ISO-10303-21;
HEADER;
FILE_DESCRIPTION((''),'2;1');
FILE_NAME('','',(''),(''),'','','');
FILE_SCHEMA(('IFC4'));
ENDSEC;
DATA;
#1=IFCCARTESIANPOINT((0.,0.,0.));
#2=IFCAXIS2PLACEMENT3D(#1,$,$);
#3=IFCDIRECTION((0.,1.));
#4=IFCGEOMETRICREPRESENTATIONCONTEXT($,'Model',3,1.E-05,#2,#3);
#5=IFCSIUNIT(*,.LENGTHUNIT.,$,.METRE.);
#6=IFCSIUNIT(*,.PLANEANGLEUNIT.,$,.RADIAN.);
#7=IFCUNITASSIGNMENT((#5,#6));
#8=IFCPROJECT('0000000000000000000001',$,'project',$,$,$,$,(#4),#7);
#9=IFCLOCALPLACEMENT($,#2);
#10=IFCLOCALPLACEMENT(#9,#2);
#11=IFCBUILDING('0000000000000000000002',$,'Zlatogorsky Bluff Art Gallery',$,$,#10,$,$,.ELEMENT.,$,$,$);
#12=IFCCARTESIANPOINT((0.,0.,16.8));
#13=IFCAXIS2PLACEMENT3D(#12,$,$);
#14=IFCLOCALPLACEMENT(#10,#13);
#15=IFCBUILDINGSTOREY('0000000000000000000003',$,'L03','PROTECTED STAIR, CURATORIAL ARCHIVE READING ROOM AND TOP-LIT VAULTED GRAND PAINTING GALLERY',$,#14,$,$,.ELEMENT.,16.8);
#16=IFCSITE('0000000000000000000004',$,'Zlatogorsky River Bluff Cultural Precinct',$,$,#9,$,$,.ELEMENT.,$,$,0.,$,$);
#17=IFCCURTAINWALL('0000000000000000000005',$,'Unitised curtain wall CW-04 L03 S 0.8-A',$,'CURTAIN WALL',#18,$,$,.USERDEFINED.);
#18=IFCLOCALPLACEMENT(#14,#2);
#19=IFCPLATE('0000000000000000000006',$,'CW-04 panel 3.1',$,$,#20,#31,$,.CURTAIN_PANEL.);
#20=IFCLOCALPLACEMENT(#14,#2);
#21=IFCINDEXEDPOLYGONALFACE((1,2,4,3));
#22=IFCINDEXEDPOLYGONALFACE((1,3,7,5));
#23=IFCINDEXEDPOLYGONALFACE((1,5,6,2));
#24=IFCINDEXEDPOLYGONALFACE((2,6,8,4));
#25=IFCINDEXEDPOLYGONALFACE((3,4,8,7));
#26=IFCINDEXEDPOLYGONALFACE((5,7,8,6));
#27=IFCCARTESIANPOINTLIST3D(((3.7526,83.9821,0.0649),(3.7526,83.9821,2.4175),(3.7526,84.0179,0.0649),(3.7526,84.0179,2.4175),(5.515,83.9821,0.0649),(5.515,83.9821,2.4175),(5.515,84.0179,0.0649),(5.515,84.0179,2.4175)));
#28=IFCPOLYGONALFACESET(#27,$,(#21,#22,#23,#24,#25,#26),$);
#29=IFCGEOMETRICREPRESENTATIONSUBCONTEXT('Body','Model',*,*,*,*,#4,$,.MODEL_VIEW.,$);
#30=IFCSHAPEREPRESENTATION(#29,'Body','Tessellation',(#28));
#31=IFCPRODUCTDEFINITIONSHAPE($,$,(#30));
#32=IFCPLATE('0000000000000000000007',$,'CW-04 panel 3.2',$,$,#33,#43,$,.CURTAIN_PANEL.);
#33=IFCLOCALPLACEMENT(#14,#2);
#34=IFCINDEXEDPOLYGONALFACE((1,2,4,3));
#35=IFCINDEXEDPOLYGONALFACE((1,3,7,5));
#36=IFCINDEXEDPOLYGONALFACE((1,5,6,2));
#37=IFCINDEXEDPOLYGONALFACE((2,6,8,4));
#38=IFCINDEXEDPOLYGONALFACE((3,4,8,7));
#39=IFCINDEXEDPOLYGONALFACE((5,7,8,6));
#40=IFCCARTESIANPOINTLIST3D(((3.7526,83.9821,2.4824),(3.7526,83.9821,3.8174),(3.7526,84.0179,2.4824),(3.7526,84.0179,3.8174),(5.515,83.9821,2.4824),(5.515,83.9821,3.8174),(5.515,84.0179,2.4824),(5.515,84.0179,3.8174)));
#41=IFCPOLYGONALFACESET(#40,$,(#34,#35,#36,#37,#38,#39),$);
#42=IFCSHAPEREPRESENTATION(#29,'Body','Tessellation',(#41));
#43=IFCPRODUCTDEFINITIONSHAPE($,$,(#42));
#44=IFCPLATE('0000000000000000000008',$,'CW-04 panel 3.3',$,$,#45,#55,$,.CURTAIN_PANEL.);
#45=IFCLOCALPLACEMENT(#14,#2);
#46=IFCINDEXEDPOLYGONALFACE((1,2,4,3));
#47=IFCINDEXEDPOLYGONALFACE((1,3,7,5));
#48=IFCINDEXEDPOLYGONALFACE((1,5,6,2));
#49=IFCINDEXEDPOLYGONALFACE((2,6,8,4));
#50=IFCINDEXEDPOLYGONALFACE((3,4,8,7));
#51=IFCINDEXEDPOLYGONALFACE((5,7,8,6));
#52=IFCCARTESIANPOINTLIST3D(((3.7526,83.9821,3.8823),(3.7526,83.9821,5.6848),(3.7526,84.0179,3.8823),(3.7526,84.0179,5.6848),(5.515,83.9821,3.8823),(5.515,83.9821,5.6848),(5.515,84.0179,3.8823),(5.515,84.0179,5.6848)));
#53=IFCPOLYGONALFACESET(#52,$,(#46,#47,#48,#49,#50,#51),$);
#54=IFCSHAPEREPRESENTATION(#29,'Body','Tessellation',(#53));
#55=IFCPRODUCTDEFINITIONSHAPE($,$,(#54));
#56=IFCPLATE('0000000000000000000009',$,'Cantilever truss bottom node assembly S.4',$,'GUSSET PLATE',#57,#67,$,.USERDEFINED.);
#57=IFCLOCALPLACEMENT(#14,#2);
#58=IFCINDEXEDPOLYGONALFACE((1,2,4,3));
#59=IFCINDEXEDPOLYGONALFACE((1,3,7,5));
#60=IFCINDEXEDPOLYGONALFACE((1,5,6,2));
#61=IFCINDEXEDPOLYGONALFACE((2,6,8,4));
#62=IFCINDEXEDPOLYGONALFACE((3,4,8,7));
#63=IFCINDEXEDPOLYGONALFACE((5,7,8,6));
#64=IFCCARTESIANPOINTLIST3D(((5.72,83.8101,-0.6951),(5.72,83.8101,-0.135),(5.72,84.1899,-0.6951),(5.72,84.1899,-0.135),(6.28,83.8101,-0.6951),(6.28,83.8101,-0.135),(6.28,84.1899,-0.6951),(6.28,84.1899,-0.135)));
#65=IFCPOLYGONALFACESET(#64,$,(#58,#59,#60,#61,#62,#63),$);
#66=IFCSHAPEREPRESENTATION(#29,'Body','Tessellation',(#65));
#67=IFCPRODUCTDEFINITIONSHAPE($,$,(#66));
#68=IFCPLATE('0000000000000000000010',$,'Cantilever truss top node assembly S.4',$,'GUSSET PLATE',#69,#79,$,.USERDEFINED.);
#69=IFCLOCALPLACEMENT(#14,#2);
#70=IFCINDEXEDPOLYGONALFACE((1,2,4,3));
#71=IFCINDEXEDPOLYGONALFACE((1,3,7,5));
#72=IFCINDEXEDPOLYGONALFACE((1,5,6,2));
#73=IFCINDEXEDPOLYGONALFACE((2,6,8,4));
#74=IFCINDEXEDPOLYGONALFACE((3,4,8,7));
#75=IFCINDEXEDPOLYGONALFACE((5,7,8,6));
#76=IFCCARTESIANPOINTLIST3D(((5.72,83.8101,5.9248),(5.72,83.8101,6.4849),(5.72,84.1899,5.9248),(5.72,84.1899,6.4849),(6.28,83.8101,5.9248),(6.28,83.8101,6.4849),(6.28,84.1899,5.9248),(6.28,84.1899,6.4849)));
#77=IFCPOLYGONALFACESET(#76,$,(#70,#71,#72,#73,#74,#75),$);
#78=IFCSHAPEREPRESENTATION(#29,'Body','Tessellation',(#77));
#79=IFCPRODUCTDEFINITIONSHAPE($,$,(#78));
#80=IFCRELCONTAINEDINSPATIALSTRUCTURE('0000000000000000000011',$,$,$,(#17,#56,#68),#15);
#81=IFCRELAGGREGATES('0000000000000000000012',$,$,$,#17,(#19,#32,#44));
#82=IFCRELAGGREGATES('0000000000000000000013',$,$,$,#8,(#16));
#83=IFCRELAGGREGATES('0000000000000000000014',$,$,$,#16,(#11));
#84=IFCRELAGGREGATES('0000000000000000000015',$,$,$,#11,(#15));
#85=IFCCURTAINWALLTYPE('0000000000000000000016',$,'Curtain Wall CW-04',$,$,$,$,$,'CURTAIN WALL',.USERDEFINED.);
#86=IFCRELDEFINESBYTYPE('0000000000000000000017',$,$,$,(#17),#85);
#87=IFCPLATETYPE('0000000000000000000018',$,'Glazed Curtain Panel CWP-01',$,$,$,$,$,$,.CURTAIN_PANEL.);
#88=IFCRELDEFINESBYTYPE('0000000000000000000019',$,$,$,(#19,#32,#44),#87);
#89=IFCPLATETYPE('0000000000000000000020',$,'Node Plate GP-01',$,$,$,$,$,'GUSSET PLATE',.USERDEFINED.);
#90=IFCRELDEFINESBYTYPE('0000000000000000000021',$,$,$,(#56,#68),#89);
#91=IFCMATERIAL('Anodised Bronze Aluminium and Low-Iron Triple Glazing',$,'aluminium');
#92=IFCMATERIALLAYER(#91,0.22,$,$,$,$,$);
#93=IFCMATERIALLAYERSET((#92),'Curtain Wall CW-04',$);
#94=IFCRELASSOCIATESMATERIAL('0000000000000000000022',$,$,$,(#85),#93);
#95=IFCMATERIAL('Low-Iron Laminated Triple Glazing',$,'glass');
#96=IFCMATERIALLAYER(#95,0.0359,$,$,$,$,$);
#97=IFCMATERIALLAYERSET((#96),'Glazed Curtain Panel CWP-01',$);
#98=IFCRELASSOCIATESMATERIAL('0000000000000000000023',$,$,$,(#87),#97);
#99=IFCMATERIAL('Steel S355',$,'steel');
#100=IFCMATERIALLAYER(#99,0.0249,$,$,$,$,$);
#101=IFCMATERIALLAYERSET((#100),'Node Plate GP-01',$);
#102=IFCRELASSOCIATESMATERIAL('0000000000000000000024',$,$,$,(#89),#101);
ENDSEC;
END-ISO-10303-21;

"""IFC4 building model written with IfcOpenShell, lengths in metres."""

from ifc_helpers import new_model, si_unit, direction, frame, origin, origin_2d, place, context, subcontext, project, spatial, rectangle, extrude, material, layer, layer_set, type_object, element, aggregate, save


model = new_model("IFC4")

# Units and contexts
model_context = context("Model", 3, precision=1e-05, world=origin(), true_north=direction((0.0, 1.0)))
body_context = subcontext(model_context, "Body", "Model", "MODEL_VIEW")
ifc_project = project(units=[si_unit("LENGTHUNIT", "METRE"), si_unit("PLANEANGLEUNIT", "RADIAN")], contexts=[model_context])

# Site, building, storey
site_placement = place(None, origin())
site = spatial("IfcSite", under=ifc_project, at=site_placement, Name="Zlatogorsky River Bluff Cultural Precinct", CompositionType="ELEMENT", RefElevation=0.0)
building_placement = place(site_placement, origin())
building = spatial("IfcBuilding", under=site, at=building_placement, Name="Zlatogorsky Bluff Art Gallery", CompositionType="ELEMENT")
storey_placement = place(building_placement, frame((0.0, 0.0, 16.8)))
storey = spatial("IfcBuildingStorey", under=building, at=storey_placement, Name="L03", Description="PROTECTED STAIR, CURATORIAL ARCHIVE READING ROOM AND TOP-LIT VAULTED GRAND PAINTING GALLERY", CompositionType="ELEMENT", Elevation=16.8)

# Curtain wall
ifc_material_1 = material(Name="Anodised Bronze Aluminium and Low-Iron Triple Glazing", Category="aluminium")
ifc_layer_1 = layer(ifc_material_1, 0.22)
ifc_layer_set_1 = layer_set([ifc_layer_1], Name="Curtain Wall CW-04")
curtain_wall_type = type_object("IfcCurtainWallType", Name="Curtain Wall CW-04", ElementType="CURTAIN WALL", PredefinedType="USERDEFINED", material=ifc_layer_set_1)
curtain_wall_1_placement = place(storey_placement, origin())
curtain_wall_1 = element("IfcCurtainWall", 1, at=curtain_wall_1_placement, inside=storey, type_object=curtain_wall_type, Name="Unitised curtain wall CW-04 L03 S 0.8-A", ObjectType="CURTAIN WALL", PredefinedType="USERDEFINED")

# Shared definitions
ifc_material_2 = material(Name="Steel S355", Category="steel")

# Plates
ifc_material_3 = material(Name="Low-Iron Laminated Triple Glazing", Category="glass")
ifc_layer_2 = layer(ifc_material_3, 0.0359)
ifc_layer_set_2 = layer_set([ifc_layer_2], Name="Glazed Curtain Panel CWP-01")
plate_type_1 = type_object("IfcPlateType", Name="Glazed Curtain Panel CWP-01", PredefinedType="CURTAIN_PANEL", material=ifc_layer_set_2)
plate_1_placement = place(storey_placement, frame((4.6338, 84.0, 0.0649), z_axis=(0.0, 0.0, 1.0), x_axis=(1.0, 0.0, 0.0)))
plate_1 = element("IfcPlate", 2, at=plate_1_placement, type_object=plate_type_1, Name="CW-04 panel 3.1", PredefinedType="CURTAIN_PANEL", context=body_context, shape_type="SweptSolid", body=[
    extrude(rectangle(XDim=1.7625, YDim=0.0359, at=origin_2d()), origin(), (0.0, 0.0, 1.0), 2.3525),
])
plate_2_placement = place(storey_placement, frame((4.6338, 84.0, 2.4824), z_axis=(0.0, 0.0, 1.0), x_axis=(1.0, 0.0, 0.0)))
plate_2 = element("IfcPlate", 3, at=plate_2_placement, type_object=plate_type_1, Name="CW-04 panel 3.2", PredefinedType="CURTAIN_PANEL", context=body_context, shape_type="SweptSolid", body=[
    extrude(rectangle(XDim=1.7625, YDim=0.0359, at=origin_2d()), origin(), (0.0, 0.0, 1.0), 1.335),
])
plate_3_placement = place(storey_placement, frame((4.6338, 84.0, 3.8823), z_axis=(0.0, 0.0, 1.0), x_axis=(1.0, 0.0, 0.0)))
plate_3 = element("IfcPlate", 4, at=plate_3_placement, type_object=plate_type_1, Name="CW-04 panel 3.3", PredefinedType="CURTAIN_PANEL", context=body_context, shape_type="SweptSolid", body=[
    extrude(rectangle(XDim=1.7625, YDim=0.0359, at=origin_2d()), origin(), (0.0, 0.0, 1.0), 1.8025),
])
aggregate(curtain_wall_1, [plate_1, plate_2, plate_3])

# Plates
ifc_layer_3 = layer(ifc_material_2, 0.0249)
ifc_layer_set_3 = layer_set([ifc_layer_3], Name="Node Plate GP-01")
plate_type_2 = type_object("IfcPlateType", Name="Node Plate GP-01", ElementType="GUSSET PLATE", PredefinedType="USERDEFINED", material=ifc_layer_set_3)
for number, where, z_axis, x_axis, name in (
    (5, (6.0, 84.0, -0.6951), (0.0, 0.0, 1.0), (1.0, 0.0, 0.0), "Cantilever truss bottom node assembly S.4"),
    (6, (6.0, 84.0, 5.9248), (0.0, 0.0, 1.0), (1.0, 0.0, 0.0), "Cantilever truss top node assembly S.4"),
):
    element("IfcPlate", number, at=place(storey_placement, frame(where, z_axis=z_axis, x_axis=x_axis)), inside=storey, type_object=plate_type_2, Name=name, ObjectType="GUSSET PLATE", PredefinedType="USERDEFINED", context=body_context, shape_type="SweptSolid", body=[
        extrude(rectangle(XDim=0.5601, YDim=0.3799, at=origin_2d()), origin(), (0.0, 0.0, 1.0), 0.5601),
    ])

save(model, "model.ifc")
